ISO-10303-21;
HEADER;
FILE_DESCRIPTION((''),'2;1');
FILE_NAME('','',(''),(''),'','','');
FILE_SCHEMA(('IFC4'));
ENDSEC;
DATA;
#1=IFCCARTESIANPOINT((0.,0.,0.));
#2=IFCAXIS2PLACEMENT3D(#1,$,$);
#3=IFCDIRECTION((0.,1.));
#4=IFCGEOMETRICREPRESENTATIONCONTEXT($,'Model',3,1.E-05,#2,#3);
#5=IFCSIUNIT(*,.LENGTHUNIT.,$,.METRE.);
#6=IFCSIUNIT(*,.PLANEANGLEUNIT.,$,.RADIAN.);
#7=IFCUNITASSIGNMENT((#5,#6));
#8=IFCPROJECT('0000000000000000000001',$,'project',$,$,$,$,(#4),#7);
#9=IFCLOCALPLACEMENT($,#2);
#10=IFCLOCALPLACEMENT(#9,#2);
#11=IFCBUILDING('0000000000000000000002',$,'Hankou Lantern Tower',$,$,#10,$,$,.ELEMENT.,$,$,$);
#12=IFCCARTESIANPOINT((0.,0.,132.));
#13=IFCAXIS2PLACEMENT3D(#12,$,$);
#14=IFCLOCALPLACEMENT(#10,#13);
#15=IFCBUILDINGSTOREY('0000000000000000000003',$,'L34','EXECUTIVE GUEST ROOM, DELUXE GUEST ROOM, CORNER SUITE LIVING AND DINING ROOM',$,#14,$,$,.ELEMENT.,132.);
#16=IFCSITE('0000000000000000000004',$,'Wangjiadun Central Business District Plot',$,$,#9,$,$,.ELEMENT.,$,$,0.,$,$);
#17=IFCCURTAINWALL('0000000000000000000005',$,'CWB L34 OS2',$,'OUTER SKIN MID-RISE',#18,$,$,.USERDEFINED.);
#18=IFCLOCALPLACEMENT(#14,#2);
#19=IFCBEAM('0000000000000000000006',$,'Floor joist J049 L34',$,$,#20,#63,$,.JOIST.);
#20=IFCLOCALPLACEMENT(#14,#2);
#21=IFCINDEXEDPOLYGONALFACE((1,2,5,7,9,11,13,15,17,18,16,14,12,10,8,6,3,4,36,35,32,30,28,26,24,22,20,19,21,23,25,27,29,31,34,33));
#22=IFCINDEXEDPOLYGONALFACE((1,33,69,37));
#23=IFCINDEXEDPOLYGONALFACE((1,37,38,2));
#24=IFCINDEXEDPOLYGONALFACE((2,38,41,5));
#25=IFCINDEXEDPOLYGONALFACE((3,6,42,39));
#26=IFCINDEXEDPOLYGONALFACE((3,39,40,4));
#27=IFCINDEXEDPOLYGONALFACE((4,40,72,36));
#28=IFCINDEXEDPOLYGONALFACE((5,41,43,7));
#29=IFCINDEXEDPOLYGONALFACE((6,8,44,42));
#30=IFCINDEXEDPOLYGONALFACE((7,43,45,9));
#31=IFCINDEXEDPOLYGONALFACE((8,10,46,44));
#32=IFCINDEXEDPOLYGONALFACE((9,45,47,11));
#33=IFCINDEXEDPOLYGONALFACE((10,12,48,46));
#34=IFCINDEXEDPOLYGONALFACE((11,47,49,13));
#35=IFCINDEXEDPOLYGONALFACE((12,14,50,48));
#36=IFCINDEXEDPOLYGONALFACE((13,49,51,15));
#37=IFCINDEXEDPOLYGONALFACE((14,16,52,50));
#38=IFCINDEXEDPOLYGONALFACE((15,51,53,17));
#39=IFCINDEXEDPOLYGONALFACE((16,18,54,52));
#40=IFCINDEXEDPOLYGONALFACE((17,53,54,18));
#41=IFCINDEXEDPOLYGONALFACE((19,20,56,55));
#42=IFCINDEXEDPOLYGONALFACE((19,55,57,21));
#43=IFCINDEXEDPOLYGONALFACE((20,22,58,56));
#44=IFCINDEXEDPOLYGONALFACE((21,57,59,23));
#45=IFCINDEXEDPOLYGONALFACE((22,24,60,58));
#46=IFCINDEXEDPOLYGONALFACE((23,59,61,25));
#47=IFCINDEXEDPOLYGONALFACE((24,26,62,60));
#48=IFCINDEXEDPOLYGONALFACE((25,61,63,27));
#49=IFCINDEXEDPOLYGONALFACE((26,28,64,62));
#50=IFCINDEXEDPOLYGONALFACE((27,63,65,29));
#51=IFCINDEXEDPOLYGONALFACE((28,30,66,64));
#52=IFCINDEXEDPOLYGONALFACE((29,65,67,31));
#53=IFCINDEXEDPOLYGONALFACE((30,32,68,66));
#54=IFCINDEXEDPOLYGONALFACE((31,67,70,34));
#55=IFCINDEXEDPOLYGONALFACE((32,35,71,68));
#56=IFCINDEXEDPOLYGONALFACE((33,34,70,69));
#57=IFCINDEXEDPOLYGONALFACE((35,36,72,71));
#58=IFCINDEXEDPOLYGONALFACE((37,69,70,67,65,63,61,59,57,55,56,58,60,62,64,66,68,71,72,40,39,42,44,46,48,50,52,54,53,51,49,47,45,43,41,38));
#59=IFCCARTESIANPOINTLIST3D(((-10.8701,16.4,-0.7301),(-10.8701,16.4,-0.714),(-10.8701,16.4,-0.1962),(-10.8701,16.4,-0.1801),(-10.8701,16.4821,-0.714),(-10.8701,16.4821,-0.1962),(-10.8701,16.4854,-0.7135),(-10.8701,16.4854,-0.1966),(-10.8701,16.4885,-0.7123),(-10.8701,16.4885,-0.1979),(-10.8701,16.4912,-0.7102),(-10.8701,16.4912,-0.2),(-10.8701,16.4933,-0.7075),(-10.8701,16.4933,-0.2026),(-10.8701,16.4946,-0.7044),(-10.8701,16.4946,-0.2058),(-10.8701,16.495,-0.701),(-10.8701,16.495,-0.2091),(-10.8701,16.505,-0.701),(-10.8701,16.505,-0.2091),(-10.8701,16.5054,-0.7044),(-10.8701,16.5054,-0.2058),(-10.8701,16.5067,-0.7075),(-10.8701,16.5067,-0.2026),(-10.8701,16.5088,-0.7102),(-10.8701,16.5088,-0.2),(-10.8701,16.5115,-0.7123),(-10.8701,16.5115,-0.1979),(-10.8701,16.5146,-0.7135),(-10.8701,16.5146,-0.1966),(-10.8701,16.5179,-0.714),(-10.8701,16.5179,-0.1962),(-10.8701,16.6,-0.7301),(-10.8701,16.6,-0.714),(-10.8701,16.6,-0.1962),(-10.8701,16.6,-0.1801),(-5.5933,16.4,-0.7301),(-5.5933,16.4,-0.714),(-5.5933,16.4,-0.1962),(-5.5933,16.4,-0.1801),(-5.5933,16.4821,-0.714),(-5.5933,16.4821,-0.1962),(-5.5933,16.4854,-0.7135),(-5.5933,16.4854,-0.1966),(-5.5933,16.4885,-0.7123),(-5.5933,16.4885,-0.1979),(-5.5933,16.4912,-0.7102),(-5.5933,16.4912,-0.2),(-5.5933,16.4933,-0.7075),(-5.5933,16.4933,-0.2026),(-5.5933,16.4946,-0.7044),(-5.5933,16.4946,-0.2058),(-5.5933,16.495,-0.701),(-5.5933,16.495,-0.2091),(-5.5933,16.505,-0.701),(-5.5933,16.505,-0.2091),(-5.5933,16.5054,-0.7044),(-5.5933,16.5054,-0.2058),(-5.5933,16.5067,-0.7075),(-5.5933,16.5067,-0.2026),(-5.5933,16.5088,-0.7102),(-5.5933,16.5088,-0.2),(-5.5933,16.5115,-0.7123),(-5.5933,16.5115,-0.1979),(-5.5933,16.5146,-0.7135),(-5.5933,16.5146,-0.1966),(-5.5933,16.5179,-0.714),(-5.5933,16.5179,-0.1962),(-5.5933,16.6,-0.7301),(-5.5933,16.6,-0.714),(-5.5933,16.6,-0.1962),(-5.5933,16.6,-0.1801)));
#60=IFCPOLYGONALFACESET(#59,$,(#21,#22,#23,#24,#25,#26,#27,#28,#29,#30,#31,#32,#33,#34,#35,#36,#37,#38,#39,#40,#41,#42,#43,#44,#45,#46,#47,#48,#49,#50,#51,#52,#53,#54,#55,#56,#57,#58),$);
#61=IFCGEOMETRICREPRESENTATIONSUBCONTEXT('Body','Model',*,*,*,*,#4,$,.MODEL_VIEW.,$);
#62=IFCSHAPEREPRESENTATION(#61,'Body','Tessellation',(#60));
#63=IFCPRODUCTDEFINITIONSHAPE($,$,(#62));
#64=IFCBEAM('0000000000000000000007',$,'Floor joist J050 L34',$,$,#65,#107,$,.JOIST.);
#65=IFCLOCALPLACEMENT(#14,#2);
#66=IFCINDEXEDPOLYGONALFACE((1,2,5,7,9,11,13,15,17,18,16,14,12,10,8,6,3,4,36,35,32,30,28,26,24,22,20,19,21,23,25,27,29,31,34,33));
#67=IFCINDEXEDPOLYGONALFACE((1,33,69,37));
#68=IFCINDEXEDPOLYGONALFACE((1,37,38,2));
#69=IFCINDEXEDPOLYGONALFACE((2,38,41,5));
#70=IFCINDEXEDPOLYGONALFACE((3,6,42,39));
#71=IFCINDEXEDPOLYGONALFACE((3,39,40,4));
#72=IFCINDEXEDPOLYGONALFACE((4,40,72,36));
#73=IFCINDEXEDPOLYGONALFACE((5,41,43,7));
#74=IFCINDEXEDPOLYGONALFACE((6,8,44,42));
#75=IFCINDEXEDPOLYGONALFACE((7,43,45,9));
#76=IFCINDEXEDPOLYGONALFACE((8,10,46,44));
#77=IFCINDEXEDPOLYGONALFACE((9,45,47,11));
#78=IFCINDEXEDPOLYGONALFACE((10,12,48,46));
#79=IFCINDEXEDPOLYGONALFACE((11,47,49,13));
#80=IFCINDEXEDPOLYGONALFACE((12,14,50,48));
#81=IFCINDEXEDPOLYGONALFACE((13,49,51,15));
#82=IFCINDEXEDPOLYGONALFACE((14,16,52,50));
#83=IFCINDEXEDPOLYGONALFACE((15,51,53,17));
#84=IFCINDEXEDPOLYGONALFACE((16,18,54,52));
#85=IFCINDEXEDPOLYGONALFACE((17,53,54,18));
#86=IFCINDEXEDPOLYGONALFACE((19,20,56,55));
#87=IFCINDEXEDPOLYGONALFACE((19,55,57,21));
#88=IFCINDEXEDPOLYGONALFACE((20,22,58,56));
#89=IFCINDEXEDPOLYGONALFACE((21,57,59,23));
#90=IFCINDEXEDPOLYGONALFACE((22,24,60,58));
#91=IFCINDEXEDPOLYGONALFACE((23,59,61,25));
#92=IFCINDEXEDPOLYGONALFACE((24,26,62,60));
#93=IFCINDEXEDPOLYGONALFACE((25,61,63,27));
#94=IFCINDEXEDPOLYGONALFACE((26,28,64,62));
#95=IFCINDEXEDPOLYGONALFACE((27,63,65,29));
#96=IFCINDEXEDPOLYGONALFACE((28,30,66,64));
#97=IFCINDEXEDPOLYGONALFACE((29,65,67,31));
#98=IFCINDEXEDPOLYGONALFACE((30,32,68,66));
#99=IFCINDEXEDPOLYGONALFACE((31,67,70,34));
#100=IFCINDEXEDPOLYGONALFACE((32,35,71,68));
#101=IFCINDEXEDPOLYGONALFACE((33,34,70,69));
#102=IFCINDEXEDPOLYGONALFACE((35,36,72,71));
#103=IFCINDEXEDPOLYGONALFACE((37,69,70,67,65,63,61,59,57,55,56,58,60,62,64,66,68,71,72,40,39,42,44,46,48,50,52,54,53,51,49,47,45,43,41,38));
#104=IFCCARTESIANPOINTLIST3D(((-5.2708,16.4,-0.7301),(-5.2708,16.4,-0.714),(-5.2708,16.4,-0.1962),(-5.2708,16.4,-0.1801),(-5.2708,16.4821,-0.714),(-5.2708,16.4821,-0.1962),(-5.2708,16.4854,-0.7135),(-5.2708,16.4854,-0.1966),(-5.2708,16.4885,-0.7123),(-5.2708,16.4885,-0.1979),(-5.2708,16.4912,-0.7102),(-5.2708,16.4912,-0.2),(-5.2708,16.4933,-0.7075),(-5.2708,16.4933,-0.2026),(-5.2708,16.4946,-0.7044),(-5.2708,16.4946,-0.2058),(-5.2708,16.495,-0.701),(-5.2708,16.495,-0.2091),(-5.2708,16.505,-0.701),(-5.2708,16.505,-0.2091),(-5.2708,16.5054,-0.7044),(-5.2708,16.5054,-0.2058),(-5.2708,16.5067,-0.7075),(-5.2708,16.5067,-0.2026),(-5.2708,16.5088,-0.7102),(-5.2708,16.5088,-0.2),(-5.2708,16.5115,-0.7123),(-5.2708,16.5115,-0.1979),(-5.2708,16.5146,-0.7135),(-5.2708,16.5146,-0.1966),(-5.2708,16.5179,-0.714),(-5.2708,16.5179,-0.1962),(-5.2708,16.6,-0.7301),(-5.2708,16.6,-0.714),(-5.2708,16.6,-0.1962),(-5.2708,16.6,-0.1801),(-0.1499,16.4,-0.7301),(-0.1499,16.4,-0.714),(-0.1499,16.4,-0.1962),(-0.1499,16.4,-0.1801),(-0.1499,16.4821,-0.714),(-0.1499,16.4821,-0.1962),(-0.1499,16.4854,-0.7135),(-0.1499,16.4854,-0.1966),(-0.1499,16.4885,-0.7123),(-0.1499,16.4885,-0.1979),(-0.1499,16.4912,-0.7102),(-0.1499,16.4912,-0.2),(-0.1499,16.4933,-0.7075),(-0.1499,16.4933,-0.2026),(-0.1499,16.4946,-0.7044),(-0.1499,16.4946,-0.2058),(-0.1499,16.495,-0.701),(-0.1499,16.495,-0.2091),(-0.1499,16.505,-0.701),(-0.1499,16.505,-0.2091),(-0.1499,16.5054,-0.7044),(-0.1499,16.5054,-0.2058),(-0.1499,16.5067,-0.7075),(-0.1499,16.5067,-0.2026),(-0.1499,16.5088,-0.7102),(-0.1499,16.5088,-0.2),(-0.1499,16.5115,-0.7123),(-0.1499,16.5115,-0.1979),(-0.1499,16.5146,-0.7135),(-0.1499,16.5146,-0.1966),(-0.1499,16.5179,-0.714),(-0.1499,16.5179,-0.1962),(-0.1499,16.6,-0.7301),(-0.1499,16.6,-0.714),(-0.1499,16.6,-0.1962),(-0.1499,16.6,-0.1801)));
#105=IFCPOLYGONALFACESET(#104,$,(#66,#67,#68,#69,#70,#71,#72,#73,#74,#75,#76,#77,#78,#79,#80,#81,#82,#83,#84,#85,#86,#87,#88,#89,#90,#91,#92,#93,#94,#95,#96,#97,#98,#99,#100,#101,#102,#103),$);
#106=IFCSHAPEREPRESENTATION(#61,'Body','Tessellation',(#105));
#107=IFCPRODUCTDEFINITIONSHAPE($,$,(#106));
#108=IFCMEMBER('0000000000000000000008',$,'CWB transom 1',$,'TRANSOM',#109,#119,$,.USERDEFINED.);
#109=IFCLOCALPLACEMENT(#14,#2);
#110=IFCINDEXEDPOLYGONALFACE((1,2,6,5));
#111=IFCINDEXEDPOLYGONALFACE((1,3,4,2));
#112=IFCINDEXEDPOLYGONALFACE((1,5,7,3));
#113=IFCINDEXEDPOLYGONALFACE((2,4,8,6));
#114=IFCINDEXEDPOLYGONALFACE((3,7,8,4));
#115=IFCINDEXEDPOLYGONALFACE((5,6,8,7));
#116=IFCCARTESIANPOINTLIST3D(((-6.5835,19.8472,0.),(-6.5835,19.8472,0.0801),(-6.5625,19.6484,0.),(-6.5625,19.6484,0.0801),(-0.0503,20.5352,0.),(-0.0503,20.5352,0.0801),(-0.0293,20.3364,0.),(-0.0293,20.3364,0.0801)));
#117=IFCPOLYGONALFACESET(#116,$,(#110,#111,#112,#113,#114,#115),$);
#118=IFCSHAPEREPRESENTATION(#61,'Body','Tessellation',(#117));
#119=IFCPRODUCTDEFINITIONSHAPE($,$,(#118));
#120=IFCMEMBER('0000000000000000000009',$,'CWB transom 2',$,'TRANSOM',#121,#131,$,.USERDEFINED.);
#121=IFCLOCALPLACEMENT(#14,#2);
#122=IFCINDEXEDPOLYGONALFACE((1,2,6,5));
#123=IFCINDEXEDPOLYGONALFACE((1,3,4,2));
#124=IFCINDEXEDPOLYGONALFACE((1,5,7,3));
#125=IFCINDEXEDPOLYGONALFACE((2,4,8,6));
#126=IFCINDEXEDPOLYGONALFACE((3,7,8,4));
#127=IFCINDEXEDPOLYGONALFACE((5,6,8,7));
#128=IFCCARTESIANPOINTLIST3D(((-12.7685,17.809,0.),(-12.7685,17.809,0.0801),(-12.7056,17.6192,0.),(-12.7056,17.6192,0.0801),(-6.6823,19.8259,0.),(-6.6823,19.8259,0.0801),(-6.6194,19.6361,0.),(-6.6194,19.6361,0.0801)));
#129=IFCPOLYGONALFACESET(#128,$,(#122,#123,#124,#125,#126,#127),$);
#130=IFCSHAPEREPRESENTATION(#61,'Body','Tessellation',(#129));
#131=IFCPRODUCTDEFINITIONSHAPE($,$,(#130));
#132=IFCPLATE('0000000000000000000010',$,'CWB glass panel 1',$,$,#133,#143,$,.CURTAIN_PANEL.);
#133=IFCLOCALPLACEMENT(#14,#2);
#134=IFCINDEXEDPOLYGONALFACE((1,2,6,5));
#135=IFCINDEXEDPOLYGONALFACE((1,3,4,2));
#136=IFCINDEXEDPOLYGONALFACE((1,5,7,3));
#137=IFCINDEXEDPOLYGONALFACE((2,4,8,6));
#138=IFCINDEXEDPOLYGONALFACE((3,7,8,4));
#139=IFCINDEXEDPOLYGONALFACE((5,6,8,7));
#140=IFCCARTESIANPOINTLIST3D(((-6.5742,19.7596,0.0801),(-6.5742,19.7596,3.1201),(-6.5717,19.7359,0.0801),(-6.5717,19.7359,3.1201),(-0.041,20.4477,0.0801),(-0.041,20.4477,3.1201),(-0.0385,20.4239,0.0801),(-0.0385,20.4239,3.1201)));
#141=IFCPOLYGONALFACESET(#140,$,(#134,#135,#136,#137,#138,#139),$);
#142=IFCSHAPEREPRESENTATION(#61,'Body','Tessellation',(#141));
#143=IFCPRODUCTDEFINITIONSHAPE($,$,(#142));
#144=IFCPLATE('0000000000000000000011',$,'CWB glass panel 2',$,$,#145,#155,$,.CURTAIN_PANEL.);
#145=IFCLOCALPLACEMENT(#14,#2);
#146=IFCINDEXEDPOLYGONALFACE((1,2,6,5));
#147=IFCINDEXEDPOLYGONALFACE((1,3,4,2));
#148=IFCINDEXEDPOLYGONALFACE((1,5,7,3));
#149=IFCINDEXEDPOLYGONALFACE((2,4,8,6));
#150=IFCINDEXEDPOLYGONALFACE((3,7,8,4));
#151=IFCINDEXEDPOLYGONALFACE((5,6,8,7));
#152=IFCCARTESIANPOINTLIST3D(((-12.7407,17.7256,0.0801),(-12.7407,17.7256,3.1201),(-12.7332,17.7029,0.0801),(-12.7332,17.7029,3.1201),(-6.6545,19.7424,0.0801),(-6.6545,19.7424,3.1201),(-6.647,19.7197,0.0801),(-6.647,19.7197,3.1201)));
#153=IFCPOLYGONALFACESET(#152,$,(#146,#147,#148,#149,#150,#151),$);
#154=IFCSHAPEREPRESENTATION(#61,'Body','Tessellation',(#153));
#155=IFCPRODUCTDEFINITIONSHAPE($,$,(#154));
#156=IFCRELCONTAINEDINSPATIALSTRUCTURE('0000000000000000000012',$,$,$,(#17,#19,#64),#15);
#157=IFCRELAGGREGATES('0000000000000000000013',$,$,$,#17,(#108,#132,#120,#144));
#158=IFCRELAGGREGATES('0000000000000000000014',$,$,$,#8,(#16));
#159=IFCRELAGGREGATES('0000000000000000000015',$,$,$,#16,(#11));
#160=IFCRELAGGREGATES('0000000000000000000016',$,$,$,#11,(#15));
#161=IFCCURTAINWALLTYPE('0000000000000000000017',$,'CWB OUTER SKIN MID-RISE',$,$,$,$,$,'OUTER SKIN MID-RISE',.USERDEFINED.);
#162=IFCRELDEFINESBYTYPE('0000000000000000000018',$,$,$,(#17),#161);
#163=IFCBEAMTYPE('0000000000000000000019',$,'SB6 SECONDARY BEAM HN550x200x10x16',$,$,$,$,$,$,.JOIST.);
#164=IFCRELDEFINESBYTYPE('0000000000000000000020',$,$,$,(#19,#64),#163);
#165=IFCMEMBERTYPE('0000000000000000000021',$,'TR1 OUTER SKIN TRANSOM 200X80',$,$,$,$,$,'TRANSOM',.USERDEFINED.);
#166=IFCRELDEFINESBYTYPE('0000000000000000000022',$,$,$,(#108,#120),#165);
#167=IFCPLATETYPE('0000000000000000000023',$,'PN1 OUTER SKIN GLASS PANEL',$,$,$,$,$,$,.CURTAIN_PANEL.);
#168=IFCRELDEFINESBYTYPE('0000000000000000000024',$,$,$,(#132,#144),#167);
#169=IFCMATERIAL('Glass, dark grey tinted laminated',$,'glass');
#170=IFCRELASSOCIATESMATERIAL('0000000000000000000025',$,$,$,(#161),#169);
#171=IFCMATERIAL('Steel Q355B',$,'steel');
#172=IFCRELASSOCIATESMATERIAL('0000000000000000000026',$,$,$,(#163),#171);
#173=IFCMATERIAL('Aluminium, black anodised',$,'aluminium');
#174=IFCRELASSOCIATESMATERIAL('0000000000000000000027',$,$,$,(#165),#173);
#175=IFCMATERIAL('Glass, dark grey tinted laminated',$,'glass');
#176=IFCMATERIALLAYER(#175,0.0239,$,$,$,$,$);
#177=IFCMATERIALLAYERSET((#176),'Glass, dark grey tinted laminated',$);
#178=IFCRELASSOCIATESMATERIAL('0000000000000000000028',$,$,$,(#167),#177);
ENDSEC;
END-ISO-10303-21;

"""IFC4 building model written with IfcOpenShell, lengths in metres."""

from ifc_helpers import new_model, si_unit, direction, frame, origin, origin_2d, place, context, subcontext, project, spatial, rectangle, i_section, extrude, material, layer, layer_set, material_profile, profile_set, type_object, element, aggregate, save


model = new_model("IFC4")

# Units and contexts
model_context = context("Model", 3, precision=1e-05, world=origin(), true_north=direction((0.0, 1.0)))
body_context = subcontext(model_context, "Body", "Model", "MODEL_VIEW")
ifc_project = project(units=[si_unit("LENGTHUNIT", "METRE"), si_unit("PLANEANGLEUNIT", "RADIAN")], contexts=[model_context])

# Site, building, storey
site_placement = place(None, origin())
site = spatial("IfcSite", under=ifc_project, at=site_placement, Name="Wangjiadun Central Business District Plot", CompositionType="ELEMENT", RefElevation=0.0)
building_placement = place(site_placement, origin())
building = spatial("IfcBuilding", under=site, at=building_placement, Name="Hankou Lantern Tower", CompositionType="ELEMENT")
storey_placement = place(building_placement, frame((0.0, 0.0, 132.0)))
storey = spatial("IfcBuildingStorey", under=building, at=storey_placement, Name="L34", Description="EXECUTIVE GUEST ROOM, DELUXE GUEST ROOM, CORNER SUITE LIVING AND DINING ROOM", CompositionType="ELEMENT", Elevation=132.0)

# Curtain wall
ifc_material_1 = material(Name="Glass, dark grey tinted laminated", Category="glass")
curtain_wall_type = type_object("IfcCurtainWallType", Name="CWB OUTER SKIN MID-RISE", ElementType="OUTER SKIN MID-RISE", PredefinedType="USERDEFINED", material=ifc_material_1)
curtain_wall_placement = place(storey_placement, origin())
curtain_wall = element("IfcCurtainWall", 1, at=curtain_wall_placement, inside=storey, type_object=curtain_wall_type, Name="CWB L34 OS2", ObjectType="OUTER SKIN MID-RISE", PredefinedType="USERDEFINED")

# Beams
ifc_material_2 = material(Name="Steel Q355B", Category="steel")
ifc_material_profile_1 = material_profile(ifc_material_2, i_section(OverallWidth=0.2, OverallDepth=0.55, WebThickness=0.01, FlangeThickness=0.0161, FilletRadius=0.0129, at=origin_2d()), Name="HN550x200x10x16")
ifc_profile_set_1 = profile_set([ifc_material_profile_1], Name="Steel Q355B")
beam_type_1 = type_object("IfcBeamType", Name="SB6 SECONDARY BEAM HN550x200x10x16", PredefinedType="JOIST", material=ifc_profile_set_1)
beam_1_placement = place(storey_placement, frame((-10.8701, 16.5, -0.4551), z_axis=(1.0, 0.0, 0.0), x_axis=(0.0, 1.0, 0.0)))
element("IfcBeam", 2, at=beam_1_placement, inside=storey, type_object=beam_type_1, Name="Floor joist J049 L34", PredefinedType="JOIST", context=body_context, shape_type="SweptSolid", body=[
    extrude(i_section(OverallWidth=0.2, OverallDepth=0.55, WebThickness=0.01, FlangeThickness=0.0161, FilletRadius=0.0129, at=origin_2d()), origin(), (0.0, 0.0, 1.0), 5.2769),
])
beam_2_placement = place(storey_placement, frame((-5.2708, 16.5, -0.4551), z_axis=(1.0, 0.0, 0.0), x_axis=(0.0, 1.0, 0.0)))
element("IfcBeam", 3, at=beam_2_placement, inside=storey, type_object=beam_type_1, Name="Floor joist J050 L34", PredefinedType="JOIST", context=body_context, shape_type="SweptSolid", body=[
    extrude(i_section(OverallWidth=0.2, OverallDepth=0.55, WebThickness=0.01, FlangeThickness=0.0161, FilletRadius=0.0129, at=origin_2d()), origin(), (0.0, 0.0, 1.0), 5.1208),
])

# Members
ifc_material_3 = material(Name="Aluminium, black anodised", Category="aluminium")
ifc_material_profile_2 = material_profile(ifc_material_3, rectangle(XDim=0.2, YDim=0.0801, at=origin_2d()), Name="TR1 200X80")
ifc_profile_set_2 = profile_set([ifc_material_profile_2], Name="Aluminium, black anodised")
member_type_1 = type_object("IfcMemberType", Name="TR1 OUTER SKIN TRANSOM 200X80", ElementType="TRANSOM", PredefinedType="USERDEFINED", material=ifc_profile_set_2)
member_1_placement = place(storey_placement, frame((-0.0398, 20.4358, 0.04), z_axis=(-0.994501, -0.104727, 0.0), x_axis=(0.104727, -0.994501, 0.0)))
member_1 = element("IfcMember", 4, at=member_1_placement, type_object=member_type_1, Name="CWB transom 1", ObjectType="TRANSOM", PredefinedType="USERDEFINED", context=body_context, shape_type="SweptSolid", body=[
    extrude(rectangle(XDim=0.2, YDim=0.0801, at=origin_2d()), origin(), (0.0, 0.0, 1.0), 6.5693),
])
member_2_placement = place(storey_placement, frame((-6.6509, 19.731, 0.04), z_axis=(-0.949238, -0.314559, 0.0), x_axis=(0.314559, -0.949238, 0.0)))
member_2 = element("IfcMember", 5, at=member_2_placement, type_object=member_type_1, Name="CWB transom 2", ObjectType="TRANSOM", PredefinedType="USERDEFINED", context=body_context, shape_type="SweptSolid", body=[
    extrude(rectangle(XDim=0.2, YDim=0.0801, at=origin_2d()), origin(), (0.0, 0.0, 1.0), 6.4116),
])

# Plates
ifc_material_4 = material(Name="Glass, dark grey tinted laminated", Category="glass")
ifc_layer_1 = layer(ifc_material_4, 0.0239)
ifc_layer_set_1 = layer_set([ifc_layer_1], Name="Glass, dark grey tinted laminated")
plate_type = type_object("IfcPlateType", Name="PN1 OUTER SKIN GLASS PANEL", PredefinedType="CURTAIN_PANEL", material=ifc_layer_set_1)
plate_1_placement = place(storey_placement, frame((-3.3064, 20.0918, 0.0801), z_axis=(0.0, 0.0, 1.0), x_axis=(-0.994499, -0.104743, 0.0)))
plate_1 = element("IfcPlate", 6, at=plate_1_placement, type_object=plate_type, Name="CWB glass panel 1", PredefinedType="CURTAIN_PANEL", context=body_context, shape_type="SweptSolid", body=[
    extrude(rectangle(XDim=6.5693, YDim=0.0239, at=origin_2d()), origin(), (0.0, 0.0, 1.0), 3.04),
])
plate_2_placement = place(storey_placement, frame((-9.6938, 18.7227, 0.0801), z_axis=(0.0, 0.0, 1.0), x_axis=(-0.949241, -0.314551, 0.0)))
plate_2 = element("IfcPlate", 7, at=plate_2_placement, type_object=plate_type, Name="CWB glass panel 2", PredefinedType="CURTAIN_PANEL", context=body_context, shape_type="SweptSolid", body=[
    extrude(rectangle(XDim=6.4116, YDim=0.0239, at=origin_2d()), origin(), (0.0, 0.0, 1.0), 3.04),
])
aggregate(curtain_wall, [member_1, plate_1, member_2, plate_2])

save(model, "model.ifc")
